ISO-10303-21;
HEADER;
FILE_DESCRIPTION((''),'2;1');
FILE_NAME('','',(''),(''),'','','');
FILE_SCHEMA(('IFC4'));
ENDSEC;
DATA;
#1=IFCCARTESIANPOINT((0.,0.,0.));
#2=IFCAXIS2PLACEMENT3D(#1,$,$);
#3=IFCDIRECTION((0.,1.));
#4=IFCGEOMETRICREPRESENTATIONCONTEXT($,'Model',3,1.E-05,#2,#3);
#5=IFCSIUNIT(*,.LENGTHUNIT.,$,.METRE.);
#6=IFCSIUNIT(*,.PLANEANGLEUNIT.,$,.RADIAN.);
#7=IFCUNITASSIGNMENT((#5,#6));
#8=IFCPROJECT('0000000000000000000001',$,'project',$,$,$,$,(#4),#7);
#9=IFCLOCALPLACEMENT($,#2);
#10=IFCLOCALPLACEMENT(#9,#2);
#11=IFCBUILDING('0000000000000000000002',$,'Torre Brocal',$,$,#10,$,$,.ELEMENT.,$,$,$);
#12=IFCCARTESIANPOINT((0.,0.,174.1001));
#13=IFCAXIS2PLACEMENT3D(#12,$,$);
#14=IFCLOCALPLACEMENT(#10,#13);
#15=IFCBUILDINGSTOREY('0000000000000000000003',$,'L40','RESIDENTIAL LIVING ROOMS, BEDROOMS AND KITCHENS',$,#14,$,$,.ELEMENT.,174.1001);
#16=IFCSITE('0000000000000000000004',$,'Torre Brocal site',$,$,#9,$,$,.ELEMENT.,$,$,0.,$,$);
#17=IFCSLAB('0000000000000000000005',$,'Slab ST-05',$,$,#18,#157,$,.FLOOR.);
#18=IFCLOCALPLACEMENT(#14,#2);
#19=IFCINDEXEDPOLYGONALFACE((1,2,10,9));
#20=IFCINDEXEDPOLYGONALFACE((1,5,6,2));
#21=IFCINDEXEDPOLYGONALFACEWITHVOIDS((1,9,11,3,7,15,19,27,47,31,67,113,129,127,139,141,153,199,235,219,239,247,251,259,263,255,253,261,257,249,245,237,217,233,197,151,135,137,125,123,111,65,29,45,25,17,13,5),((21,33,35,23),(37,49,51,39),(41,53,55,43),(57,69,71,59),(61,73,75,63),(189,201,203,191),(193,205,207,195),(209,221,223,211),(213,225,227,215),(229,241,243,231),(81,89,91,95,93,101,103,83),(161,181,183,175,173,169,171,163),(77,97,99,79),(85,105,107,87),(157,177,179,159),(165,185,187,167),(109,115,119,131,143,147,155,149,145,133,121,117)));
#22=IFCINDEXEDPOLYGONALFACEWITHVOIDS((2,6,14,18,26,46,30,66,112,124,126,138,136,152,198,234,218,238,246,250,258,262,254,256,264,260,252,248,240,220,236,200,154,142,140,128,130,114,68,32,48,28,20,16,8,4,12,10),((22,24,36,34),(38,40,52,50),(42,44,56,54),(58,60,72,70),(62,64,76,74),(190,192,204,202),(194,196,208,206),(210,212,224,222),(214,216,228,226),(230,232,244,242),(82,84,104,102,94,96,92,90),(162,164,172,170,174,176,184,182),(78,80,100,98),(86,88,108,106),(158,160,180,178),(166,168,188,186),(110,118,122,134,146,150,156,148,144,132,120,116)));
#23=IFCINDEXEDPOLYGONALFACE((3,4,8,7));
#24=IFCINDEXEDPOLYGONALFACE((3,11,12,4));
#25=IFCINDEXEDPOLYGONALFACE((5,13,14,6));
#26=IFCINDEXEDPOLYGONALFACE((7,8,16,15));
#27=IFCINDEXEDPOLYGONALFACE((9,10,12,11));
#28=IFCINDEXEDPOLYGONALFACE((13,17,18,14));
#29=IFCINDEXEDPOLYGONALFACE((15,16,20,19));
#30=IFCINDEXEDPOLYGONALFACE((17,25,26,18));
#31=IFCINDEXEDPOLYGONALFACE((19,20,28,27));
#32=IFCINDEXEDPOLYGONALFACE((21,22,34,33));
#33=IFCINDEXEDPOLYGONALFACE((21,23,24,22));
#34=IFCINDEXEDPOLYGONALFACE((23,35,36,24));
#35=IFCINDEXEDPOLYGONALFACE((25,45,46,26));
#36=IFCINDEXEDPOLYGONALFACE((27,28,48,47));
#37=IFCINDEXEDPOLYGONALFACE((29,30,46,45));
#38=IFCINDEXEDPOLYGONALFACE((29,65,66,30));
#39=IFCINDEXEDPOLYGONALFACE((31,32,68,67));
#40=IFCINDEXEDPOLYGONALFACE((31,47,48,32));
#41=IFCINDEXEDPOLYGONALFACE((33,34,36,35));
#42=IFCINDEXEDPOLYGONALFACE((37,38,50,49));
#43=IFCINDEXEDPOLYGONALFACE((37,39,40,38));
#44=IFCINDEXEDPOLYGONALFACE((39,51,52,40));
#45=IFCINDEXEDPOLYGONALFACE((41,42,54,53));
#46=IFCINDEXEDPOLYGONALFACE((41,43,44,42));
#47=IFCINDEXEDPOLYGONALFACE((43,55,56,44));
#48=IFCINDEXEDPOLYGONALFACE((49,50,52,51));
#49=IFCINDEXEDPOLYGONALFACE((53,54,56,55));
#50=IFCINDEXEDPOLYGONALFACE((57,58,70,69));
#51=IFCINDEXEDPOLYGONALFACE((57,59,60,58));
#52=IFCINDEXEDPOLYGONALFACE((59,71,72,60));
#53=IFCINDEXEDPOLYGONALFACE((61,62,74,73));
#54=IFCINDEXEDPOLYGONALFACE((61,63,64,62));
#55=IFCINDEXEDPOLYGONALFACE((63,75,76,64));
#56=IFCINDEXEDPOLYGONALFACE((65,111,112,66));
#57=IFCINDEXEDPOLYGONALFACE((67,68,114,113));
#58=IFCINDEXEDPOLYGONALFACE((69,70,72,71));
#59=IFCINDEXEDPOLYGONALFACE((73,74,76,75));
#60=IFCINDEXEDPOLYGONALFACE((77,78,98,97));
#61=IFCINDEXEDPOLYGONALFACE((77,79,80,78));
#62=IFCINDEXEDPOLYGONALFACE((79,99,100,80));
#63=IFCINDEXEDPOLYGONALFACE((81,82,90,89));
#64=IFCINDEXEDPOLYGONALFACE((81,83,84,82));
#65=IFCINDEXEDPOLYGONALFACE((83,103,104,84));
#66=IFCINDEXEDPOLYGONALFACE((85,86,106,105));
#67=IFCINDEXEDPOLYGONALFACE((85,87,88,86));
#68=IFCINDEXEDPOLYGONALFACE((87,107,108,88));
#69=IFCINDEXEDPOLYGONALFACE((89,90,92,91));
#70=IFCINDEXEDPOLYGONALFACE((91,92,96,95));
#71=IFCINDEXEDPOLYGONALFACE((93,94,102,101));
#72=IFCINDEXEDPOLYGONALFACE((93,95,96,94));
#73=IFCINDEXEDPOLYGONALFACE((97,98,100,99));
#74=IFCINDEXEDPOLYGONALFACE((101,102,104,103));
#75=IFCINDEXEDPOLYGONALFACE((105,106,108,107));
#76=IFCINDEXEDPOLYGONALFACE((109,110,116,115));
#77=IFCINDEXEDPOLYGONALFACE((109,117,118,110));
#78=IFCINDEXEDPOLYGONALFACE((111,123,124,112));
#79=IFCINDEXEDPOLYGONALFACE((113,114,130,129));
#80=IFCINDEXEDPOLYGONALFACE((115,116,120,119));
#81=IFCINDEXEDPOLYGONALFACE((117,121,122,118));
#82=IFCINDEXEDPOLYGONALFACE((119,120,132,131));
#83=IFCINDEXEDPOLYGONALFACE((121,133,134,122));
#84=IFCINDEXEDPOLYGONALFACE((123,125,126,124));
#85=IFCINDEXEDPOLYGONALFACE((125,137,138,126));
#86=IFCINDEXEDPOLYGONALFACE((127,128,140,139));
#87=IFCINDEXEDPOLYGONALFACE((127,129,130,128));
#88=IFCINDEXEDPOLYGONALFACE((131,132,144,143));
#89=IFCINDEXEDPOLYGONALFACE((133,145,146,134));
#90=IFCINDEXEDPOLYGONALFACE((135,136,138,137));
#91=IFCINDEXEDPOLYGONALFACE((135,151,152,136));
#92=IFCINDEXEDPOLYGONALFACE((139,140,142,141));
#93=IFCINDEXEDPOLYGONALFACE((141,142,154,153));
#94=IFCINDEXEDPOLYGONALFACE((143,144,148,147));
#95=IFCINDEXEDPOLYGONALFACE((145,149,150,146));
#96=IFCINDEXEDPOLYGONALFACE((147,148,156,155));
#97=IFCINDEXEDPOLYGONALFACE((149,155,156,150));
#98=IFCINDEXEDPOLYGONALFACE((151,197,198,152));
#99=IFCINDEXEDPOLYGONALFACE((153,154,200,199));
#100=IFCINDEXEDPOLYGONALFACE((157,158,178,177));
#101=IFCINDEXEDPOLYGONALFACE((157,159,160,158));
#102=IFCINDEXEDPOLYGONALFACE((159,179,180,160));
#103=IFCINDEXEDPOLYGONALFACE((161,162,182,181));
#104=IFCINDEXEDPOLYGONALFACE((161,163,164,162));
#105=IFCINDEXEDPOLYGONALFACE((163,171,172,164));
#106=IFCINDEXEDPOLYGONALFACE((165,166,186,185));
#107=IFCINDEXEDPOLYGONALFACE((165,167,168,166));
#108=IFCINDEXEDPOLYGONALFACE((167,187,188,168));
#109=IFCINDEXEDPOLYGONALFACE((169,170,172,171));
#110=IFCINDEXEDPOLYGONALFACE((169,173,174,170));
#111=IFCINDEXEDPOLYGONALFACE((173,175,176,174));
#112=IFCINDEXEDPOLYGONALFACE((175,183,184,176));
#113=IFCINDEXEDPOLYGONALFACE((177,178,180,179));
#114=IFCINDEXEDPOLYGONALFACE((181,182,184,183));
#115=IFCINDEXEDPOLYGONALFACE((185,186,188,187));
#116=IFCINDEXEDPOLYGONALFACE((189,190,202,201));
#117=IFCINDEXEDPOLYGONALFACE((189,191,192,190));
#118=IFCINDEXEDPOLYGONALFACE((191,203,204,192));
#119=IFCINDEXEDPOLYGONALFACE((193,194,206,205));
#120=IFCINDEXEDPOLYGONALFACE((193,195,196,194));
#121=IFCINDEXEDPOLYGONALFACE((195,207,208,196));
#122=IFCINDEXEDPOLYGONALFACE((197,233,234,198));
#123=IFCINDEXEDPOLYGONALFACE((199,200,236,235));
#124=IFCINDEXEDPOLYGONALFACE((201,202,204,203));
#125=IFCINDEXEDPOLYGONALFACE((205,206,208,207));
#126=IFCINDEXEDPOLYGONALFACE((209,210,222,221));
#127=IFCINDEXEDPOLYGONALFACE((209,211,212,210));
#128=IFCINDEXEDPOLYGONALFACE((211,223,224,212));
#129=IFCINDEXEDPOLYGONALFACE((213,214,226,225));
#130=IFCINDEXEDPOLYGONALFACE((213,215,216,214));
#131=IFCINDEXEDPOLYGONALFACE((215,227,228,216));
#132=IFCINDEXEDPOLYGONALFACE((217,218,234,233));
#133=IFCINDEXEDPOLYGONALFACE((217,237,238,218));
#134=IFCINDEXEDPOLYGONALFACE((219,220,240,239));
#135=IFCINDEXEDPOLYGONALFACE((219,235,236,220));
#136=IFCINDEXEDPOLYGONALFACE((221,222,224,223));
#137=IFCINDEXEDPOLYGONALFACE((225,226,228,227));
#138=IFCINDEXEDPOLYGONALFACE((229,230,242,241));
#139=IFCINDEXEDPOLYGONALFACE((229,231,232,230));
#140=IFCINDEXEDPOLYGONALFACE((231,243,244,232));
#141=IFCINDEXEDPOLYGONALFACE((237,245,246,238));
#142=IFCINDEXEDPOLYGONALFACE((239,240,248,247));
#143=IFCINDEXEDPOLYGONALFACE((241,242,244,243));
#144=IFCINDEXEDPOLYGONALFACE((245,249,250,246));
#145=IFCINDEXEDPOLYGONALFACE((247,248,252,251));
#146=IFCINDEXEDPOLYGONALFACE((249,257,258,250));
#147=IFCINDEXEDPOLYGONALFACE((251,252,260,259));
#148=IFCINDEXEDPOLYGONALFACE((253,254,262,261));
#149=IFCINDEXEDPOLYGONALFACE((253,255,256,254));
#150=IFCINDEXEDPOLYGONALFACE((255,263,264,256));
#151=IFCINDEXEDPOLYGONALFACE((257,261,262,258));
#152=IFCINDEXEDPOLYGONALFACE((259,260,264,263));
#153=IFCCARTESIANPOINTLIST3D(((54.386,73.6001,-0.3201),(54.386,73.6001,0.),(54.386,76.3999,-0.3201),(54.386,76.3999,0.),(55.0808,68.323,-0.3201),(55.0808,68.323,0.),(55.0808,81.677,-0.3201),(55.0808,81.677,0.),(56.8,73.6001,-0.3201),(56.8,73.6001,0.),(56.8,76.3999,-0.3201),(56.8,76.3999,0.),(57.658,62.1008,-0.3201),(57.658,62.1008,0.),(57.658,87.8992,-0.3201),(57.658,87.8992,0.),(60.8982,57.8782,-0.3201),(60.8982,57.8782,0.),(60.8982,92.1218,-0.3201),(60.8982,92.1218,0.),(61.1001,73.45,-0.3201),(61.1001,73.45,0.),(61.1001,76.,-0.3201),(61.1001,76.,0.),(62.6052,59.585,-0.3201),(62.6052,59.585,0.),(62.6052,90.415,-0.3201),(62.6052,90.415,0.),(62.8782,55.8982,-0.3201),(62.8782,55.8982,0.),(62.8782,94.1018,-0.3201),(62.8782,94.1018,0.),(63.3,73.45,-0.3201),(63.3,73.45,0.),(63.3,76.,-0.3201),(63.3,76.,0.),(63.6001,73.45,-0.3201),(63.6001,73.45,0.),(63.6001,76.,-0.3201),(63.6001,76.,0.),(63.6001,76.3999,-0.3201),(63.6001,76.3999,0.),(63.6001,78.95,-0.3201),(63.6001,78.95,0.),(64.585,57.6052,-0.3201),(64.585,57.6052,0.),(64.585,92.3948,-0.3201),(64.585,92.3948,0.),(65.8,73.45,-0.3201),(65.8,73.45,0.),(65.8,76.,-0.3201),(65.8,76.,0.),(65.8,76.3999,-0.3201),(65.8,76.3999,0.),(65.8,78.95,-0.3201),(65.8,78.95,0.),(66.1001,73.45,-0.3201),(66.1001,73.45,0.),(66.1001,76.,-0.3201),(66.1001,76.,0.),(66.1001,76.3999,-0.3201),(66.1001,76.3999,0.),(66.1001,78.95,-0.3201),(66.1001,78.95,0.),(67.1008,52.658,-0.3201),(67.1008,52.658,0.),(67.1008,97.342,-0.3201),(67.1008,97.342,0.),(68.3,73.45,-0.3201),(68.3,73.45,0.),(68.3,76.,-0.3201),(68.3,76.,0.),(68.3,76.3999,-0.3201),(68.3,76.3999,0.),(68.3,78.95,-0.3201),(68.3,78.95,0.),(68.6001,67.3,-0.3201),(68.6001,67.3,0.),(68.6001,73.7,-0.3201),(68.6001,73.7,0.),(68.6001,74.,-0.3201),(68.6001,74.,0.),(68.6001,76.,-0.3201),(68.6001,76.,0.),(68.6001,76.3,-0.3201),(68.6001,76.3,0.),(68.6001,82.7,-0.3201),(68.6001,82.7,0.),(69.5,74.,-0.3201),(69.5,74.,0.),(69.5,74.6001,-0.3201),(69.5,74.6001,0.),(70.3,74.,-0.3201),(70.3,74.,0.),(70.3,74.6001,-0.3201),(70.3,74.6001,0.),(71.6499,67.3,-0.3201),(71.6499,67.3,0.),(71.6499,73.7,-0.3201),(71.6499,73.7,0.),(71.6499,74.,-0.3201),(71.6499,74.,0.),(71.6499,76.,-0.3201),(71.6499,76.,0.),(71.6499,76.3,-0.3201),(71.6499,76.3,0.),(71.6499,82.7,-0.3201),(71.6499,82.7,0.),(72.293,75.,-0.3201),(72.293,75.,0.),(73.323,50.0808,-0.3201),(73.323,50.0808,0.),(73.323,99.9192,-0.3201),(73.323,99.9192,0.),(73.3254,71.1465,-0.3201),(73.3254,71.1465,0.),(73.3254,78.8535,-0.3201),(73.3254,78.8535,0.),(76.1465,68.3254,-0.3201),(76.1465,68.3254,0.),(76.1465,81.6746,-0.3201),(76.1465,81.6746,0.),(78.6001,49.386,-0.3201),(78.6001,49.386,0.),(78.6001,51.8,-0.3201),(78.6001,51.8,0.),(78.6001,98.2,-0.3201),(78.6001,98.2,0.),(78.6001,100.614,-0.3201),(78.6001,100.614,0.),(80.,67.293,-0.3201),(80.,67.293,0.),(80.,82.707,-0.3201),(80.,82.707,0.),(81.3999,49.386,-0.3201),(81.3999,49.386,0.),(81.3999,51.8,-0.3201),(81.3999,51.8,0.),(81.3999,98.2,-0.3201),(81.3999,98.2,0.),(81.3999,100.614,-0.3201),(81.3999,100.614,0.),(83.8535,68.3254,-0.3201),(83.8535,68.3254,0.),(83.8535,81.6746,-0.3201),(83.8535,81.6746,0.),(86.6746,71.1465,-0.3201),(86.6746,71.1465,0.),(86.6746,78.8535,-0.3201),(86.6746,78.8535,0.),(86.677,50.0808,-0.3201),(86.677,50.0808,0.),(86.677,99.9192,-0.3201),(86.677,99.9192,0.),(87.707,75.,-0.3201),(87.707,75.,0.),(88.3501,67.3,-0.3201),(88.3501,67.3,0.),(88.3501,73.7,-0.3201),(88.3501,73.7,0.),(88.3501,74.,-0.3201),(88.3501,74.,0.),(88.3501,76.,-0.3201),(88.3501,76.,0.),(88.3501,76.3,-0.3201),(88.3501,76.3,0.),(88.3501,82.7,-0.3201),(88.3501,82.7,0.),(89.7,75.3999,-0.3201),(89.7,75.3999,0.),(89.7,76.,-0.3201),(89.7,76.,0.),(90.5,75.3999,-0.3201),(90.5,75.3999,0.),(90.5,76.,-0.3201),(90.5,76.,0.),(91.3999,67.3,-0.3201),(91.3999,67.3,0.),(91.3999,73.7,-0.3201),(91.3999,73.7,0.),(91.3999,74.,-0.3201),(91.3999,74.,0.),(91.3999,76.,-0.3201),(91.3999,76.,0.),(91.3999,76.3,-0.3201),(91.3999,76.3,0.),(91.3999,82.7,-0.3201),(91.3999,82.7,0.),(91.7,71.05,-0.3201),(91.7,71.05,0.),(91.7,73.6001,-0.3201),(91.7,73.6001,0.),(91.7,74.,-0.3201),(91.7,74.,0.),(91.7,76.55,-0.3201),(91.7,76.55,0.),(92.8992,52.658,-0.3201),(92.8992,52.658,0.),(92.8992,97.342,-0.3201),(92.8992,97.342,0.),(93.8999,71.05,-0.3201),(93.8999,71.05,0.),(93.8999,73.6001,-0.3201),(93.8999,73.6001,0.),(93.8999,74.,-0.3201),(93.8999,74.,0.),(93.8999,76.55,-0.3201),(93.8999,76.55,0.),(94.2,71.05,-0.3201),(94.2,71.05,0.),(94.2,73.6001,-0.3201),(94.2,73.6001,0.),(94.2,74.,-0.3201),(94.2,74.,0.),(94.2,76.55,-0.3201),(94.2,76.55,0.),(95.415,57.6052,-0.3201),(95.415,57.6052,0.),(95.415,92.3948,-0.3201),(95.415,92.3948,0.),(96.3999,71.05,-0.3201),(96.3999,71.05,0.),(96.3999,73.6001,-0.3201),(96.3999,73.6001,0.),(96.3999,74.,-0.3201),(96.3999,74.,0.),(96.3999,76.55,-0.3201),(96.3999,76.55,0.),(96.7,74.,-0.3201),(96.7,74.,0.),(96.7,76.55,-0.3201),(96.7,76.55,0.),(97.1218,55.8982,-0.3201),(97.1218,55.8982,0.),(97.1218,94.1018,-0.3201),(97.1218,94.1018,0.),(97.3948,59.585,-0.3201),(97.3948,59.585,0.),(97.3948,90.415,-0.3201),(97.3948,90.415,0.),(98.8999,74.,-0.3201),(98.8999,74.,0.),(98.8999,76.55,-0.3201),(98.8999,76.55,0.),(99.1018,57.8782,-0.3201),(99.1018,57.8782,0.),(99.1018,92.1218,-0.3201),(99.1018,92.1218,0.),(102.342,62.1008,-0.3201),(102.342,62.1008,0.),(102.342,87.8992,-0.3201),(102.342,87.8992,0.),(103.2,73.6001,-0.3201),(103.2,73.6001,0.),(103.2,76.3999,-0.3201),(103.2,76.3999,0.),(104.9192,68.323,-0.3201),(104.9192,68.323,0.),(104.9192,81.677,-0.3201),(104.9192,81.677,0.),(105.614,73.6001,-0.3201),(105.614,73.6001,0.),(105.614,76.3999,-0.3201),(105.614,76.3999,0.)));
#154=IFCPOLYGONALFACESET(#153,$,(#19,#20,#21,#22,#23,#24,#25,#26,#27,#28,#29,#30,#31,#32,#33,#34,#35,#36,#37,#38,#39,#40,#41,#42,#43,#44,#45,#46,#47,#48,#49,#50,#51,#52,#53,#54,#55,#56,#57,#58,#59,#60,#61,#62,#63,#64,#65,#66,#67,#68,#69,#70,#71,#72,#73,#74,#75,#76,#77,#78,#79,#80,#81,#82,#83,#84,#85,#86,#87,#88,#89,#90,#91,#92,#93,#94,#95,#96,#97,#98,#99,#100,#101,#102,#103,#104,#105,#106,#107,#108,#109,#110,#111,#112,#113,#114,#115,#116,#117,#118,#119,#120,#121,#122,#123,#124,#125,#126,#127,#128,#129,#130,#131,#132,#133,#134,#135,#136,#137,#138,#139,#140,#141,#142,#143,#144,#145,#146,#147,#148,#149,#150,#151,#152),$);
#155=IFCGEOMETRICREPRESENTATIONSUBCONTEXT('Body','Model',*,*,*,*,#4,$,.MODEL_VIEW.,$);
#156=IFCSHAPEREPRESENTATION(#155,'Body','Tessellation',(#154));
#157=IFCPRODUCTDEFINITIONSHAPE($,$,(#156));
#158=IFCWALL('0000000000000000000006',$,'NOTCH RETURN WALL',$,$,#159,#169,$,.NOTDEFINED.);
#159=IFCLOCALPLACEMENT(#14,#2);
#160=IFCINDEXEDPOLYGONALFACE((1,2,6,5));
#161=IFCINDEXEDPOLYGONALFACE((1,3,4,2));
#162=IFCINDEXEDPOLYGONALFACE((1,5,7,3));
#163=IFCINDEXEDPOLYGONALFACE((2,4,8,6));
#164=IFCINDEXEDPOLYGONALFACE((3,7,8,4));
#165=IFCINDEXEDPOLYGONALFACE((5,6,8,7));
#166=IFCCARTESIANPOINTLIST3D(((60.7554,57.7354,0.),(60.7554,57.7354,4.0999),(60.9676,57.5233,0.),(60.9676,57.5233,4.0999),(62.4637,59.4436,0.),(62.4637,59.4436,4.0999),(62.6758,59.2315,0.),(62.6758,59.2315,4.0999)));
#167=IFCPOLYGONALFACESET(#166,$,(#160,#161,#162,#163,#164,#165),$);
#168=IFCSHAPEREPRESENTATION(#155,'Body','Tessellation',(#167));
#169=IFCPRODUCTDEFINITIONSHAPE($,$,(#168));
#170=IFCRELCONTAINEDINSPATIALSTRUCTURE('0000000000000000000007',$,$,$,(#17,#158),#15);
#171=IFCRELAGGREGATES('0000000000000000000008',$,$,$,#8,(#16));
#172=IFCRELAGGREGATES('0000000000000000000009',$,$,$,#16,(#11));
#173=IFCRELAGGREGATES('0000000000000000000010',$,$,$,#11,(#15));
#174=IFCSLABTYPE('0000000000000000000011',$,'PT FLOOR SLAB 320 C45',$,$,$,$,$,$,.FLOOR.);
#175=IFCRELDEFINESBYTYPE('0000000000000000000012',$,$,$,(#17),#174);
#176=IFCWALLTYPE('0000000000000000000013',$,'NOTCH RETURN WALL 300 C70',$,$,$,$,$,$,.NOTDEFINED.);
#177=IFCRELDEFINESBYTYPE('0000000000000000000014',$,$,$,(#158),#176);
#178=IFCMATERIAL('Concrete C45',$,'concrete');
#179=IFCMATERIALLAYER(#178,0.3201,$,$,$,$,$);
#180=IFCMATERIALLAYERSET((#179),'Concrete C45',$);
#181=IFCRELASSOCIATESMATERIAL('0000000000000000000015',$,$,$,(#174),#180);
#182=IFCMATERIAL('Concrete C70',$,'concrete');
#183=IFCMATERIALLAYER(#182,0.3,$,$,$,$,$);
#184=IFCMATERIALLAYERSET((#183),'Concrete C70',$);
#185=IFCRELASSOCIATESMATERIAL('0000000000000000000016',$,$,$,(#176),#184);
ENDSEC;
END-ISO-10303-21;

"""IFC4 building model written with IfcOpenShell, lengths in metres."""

from ifc_helpers import new_model, si_unit, direction, frame, frame_2d, origin, place, context, subcontext, project, spatial, polyline, rectangle, outline, extrude, material, layer, layer_set, type_object, element, save


model = new_model("IFC4")

# Units and contexts
model_context = context("Model", 3, precision=1e-05, world=origin(), true_north=direction((0.0, 1.0)))
body_context = subcontext(model_context, "Body", "Model", "MODEL_VIEW")
ifc_project = project(units=[si_unit("LENGTHUNIT", "METRE"), si_unit("PLANEANGLEUNIT", "RADIAN")], contexts=[model_context])

# Site, building, storey
site_placement = place(None, origin())
site = spatial("IfcSite", under=ifc_project, at=site_placement, Name="Torre Brocal site", CompositionType="ELEMENT", RefElevation=0.0)
building_placement = place(site_placement, origin())
building = spatial("IfcBuilding", under=site, at=building_placement, Name="Torre Brocal", CompositionType="ELEMENT")
storey_placement = place(building_placement, frame((0.0, 0.0, 174.1001)))
storey = spatial("IfcBuildingStorey", under=building, at=storey_placement, Name="L40", Description="RESIDENTIAL LIVING ROOMS, BEDROOMS AND KITCHENS", CompositionType="ELEMENT", Elevation=174.1001)

# Slab
ifc_material_1 = material(Name="Concrete C45", Category="concrete")
ifc_layer_1 = layer(ifc_material_1, 0.3201)
ifc_layer_set_1 = layer_set([ifc_layer_1], Name="Concrete C45")
slab_type_1 = type_object("IfcSlabType", Name="PT FLOOR SLAB 320 C45", PredefinedType="FLOOR", material=ifc_layer_set_1)
slab_1_placement = place(storey_placement, frame((0.0, 0.0, -0.3201)))
element("IfcSlab", 1, at=slab_1_placement, inside=storey, type_object=slab_type_1, Name="Slab ST-05", PredefinedType="FLOOR", context=body_context, shape_type="SweptSolid", body=[
    extrude(outline(polyline([(103.2, 76.3999), (103.2, 73.6001), (105.614, 73.6001), (104.9192, 68.323), (102.342, 62.1008), (99.1018, 57.8782), (97.3948, 59.585), (95.415, 57.6052), (97.1218, 55.8982), (92.8992, 52.658), (86.677, 50.0808), (81.3999, 49.386), (81.3999, 51.8), (78.6001, 51.8), (78.6001, 49.386), (73.323, 50.0808), (67.1008, 52.658), (62.8782, 55.8982), (64.585, 57.6052), (62.6052, 59.585), (60.8982, 57.8782), (57.658, 62.1008), (55.0808, 68.323), (54.386, 73.6001), (56.8, 73.6001), (56.8, 76.3999), (54.386, 76.3999), (55.0808, 81.677), (57.658, 87.8992), (60.8982, 92.1218), (62.6052, 90.415), (64.585, 92.3948), (62.8782, 94.1018), (67.1008, 97.342), (73.323, 99.9192), (78.6001, 100.614), (78.6001, 98.2), (81.3999, 98.2), (81.3999, 100.614), (86.677, 99.9192), (92.8992, 97.342), (97.1218, 94.1018), (95.415, 92.3948), (97.3948, 90.415), (99.1018, 92.1218), (102.342, 87.8992), (104.9192, 81.677), (105.614, 76.3999), (103.2, 76.3999)]), holes=[polyline([(98.8999, 76.55), (96.7, 76.55), (96.7, 74.0), (98.8999, 74.0), (98.8999, 76.55)]), polyline([(96.3999, 76.55), (94.2, 76.55), (94.2, 74.0), (96.3999, 74.0), (96.3999, 76.55)]), polyline([(96.3999, 73.6001), (94.2, 73.6001), (94.2, 71.05), (96.3999, 71.05), (96.3999, 73.6001)]), polyline([(93.8999, 76.55), (91.7, 76.55), (91.7, 74.0), (93.8999, 74.0), (93.8999, 76.55)]), polyline([(93.8999, 73.6001), (91.7, 73.6001), (91.7, 71.05), (93.8999, 71.05), (93.8999, 73.6001)]), polyline([(89.7, 76.0), (88.3501, 76.0), (88.3501, 74.0), (91.3999, 74.0), (91.3999, 76.0), (90.5, 76.0), (90.5, 75.3999), (89.7, 75.3999), (89.7, 76.0)]), polyline([(91.3999, 82.7), (88.3501, 82.7), (88.3501, 76.3), (91.3999, 76.3), (91.3999, 82.7)]), polyline([(91.3999, 73.7), (88.3501, 73.7), (88.3501, 67.3), (91.3999, 67.3), (91.3999, 73.7)]), polyline([(80.0, 82.707), (76.1465, 81.6746), (73.3254, 78.8535), (72.293, 75.0), (73.3254, 71.1465), (76.1465, 68.3254), (80.0, 67.293), (83.8535, 68.3254), (86.6746, 71.1465), (87.707, 75.0), (86.6746, 78.8535), (83.8535, 81.6746), (80.0, 82.707)]), polyline([(70.3, 74.0), (71.6499, 74.0), (71.6499, 76.0), (68.6001, 76.0), (68.6001, 74.0), (69.5, 74.0), (69.5, 74.6001), (70.3, 74.6001), (70.3, 74.0)]), polyline([(68.6001, 76.3), (71.6499, 76.3), (71.6499, 82.7), (68.6001, 82.7), (68.6001, 76.3)]), polyline([(68.6001, 67.3), (71.6499, 67.3), (71.6499, 73.7), (68.6001, 73.7), (68.6001, 67.3)]), polyline([(66.1001, 76.3999), (68.3, 76.3999), (68.3, 78.95), (66.1001, 78.95), (66.1001, 76.3999)]), polyline([(66.1001, 73.45), (68.3, 73.45), (68.3, 76.0), (66.1001, 76.0), (66.1001, 73.45)]), polyline([(63.6001, 76.3999), (65.8, 76.3999), (65.8, 78.95), (63.6001, 78.95), (63.6001, 76.3999)]), polyline([(63.6001, 73.45), (65.8, 73.45), (65.8, 76.0), (63.6001, 76.0), (63.6001, 73.45)]), polyline([(61.1001, 73.45), (63.3, 73.45), (63.3, 76.0), (61.1001, 76.0), (61.1001, 73.45)])]), origin(), (0.0, 0.0, 1.0), 0.3201),
])

# Wall
ifc_material_2 = material(Name="Concrete C70", Category="concrete")
ifc_layer_2 = layer(ifc_material_2, 0.3)
ifc_layer_set_2 = layer_set([ifc_layer_2], Name="Concrete C70")
wall_type_1 = type_object("IfcWallType", Name="NOTCH RETURN WALL 300 C70", PredefinedType="NOTDEFINED", material=ifc_layer_set_2)
for number, where, z_axis, x_axis, name in (
    (2, (62.5698, 59.3376, 0.0), (0.0, 0.0, 1.0), (-0.707107, -0.707107, 0.0), "NOTCH RETURN WALL"),
):
    element("IfcWall", number, at=place(storey_placement, frame(where, z_axis=z_axis, x_axis=x_axis)), inside=storey, type_object=wall_type_1, Name=name, PredefinedType="NOTDEFINED", context=body_context, shape_type="SweptSolid", body=[
        extrude(rectangle(XDim=2.4158, YDim=0.3, at=frame_2d((1.208, 0.0))), origin(), (0.0, 0.0, 1.0), 4.0999),
    ])

save(model, "model.ifc")
